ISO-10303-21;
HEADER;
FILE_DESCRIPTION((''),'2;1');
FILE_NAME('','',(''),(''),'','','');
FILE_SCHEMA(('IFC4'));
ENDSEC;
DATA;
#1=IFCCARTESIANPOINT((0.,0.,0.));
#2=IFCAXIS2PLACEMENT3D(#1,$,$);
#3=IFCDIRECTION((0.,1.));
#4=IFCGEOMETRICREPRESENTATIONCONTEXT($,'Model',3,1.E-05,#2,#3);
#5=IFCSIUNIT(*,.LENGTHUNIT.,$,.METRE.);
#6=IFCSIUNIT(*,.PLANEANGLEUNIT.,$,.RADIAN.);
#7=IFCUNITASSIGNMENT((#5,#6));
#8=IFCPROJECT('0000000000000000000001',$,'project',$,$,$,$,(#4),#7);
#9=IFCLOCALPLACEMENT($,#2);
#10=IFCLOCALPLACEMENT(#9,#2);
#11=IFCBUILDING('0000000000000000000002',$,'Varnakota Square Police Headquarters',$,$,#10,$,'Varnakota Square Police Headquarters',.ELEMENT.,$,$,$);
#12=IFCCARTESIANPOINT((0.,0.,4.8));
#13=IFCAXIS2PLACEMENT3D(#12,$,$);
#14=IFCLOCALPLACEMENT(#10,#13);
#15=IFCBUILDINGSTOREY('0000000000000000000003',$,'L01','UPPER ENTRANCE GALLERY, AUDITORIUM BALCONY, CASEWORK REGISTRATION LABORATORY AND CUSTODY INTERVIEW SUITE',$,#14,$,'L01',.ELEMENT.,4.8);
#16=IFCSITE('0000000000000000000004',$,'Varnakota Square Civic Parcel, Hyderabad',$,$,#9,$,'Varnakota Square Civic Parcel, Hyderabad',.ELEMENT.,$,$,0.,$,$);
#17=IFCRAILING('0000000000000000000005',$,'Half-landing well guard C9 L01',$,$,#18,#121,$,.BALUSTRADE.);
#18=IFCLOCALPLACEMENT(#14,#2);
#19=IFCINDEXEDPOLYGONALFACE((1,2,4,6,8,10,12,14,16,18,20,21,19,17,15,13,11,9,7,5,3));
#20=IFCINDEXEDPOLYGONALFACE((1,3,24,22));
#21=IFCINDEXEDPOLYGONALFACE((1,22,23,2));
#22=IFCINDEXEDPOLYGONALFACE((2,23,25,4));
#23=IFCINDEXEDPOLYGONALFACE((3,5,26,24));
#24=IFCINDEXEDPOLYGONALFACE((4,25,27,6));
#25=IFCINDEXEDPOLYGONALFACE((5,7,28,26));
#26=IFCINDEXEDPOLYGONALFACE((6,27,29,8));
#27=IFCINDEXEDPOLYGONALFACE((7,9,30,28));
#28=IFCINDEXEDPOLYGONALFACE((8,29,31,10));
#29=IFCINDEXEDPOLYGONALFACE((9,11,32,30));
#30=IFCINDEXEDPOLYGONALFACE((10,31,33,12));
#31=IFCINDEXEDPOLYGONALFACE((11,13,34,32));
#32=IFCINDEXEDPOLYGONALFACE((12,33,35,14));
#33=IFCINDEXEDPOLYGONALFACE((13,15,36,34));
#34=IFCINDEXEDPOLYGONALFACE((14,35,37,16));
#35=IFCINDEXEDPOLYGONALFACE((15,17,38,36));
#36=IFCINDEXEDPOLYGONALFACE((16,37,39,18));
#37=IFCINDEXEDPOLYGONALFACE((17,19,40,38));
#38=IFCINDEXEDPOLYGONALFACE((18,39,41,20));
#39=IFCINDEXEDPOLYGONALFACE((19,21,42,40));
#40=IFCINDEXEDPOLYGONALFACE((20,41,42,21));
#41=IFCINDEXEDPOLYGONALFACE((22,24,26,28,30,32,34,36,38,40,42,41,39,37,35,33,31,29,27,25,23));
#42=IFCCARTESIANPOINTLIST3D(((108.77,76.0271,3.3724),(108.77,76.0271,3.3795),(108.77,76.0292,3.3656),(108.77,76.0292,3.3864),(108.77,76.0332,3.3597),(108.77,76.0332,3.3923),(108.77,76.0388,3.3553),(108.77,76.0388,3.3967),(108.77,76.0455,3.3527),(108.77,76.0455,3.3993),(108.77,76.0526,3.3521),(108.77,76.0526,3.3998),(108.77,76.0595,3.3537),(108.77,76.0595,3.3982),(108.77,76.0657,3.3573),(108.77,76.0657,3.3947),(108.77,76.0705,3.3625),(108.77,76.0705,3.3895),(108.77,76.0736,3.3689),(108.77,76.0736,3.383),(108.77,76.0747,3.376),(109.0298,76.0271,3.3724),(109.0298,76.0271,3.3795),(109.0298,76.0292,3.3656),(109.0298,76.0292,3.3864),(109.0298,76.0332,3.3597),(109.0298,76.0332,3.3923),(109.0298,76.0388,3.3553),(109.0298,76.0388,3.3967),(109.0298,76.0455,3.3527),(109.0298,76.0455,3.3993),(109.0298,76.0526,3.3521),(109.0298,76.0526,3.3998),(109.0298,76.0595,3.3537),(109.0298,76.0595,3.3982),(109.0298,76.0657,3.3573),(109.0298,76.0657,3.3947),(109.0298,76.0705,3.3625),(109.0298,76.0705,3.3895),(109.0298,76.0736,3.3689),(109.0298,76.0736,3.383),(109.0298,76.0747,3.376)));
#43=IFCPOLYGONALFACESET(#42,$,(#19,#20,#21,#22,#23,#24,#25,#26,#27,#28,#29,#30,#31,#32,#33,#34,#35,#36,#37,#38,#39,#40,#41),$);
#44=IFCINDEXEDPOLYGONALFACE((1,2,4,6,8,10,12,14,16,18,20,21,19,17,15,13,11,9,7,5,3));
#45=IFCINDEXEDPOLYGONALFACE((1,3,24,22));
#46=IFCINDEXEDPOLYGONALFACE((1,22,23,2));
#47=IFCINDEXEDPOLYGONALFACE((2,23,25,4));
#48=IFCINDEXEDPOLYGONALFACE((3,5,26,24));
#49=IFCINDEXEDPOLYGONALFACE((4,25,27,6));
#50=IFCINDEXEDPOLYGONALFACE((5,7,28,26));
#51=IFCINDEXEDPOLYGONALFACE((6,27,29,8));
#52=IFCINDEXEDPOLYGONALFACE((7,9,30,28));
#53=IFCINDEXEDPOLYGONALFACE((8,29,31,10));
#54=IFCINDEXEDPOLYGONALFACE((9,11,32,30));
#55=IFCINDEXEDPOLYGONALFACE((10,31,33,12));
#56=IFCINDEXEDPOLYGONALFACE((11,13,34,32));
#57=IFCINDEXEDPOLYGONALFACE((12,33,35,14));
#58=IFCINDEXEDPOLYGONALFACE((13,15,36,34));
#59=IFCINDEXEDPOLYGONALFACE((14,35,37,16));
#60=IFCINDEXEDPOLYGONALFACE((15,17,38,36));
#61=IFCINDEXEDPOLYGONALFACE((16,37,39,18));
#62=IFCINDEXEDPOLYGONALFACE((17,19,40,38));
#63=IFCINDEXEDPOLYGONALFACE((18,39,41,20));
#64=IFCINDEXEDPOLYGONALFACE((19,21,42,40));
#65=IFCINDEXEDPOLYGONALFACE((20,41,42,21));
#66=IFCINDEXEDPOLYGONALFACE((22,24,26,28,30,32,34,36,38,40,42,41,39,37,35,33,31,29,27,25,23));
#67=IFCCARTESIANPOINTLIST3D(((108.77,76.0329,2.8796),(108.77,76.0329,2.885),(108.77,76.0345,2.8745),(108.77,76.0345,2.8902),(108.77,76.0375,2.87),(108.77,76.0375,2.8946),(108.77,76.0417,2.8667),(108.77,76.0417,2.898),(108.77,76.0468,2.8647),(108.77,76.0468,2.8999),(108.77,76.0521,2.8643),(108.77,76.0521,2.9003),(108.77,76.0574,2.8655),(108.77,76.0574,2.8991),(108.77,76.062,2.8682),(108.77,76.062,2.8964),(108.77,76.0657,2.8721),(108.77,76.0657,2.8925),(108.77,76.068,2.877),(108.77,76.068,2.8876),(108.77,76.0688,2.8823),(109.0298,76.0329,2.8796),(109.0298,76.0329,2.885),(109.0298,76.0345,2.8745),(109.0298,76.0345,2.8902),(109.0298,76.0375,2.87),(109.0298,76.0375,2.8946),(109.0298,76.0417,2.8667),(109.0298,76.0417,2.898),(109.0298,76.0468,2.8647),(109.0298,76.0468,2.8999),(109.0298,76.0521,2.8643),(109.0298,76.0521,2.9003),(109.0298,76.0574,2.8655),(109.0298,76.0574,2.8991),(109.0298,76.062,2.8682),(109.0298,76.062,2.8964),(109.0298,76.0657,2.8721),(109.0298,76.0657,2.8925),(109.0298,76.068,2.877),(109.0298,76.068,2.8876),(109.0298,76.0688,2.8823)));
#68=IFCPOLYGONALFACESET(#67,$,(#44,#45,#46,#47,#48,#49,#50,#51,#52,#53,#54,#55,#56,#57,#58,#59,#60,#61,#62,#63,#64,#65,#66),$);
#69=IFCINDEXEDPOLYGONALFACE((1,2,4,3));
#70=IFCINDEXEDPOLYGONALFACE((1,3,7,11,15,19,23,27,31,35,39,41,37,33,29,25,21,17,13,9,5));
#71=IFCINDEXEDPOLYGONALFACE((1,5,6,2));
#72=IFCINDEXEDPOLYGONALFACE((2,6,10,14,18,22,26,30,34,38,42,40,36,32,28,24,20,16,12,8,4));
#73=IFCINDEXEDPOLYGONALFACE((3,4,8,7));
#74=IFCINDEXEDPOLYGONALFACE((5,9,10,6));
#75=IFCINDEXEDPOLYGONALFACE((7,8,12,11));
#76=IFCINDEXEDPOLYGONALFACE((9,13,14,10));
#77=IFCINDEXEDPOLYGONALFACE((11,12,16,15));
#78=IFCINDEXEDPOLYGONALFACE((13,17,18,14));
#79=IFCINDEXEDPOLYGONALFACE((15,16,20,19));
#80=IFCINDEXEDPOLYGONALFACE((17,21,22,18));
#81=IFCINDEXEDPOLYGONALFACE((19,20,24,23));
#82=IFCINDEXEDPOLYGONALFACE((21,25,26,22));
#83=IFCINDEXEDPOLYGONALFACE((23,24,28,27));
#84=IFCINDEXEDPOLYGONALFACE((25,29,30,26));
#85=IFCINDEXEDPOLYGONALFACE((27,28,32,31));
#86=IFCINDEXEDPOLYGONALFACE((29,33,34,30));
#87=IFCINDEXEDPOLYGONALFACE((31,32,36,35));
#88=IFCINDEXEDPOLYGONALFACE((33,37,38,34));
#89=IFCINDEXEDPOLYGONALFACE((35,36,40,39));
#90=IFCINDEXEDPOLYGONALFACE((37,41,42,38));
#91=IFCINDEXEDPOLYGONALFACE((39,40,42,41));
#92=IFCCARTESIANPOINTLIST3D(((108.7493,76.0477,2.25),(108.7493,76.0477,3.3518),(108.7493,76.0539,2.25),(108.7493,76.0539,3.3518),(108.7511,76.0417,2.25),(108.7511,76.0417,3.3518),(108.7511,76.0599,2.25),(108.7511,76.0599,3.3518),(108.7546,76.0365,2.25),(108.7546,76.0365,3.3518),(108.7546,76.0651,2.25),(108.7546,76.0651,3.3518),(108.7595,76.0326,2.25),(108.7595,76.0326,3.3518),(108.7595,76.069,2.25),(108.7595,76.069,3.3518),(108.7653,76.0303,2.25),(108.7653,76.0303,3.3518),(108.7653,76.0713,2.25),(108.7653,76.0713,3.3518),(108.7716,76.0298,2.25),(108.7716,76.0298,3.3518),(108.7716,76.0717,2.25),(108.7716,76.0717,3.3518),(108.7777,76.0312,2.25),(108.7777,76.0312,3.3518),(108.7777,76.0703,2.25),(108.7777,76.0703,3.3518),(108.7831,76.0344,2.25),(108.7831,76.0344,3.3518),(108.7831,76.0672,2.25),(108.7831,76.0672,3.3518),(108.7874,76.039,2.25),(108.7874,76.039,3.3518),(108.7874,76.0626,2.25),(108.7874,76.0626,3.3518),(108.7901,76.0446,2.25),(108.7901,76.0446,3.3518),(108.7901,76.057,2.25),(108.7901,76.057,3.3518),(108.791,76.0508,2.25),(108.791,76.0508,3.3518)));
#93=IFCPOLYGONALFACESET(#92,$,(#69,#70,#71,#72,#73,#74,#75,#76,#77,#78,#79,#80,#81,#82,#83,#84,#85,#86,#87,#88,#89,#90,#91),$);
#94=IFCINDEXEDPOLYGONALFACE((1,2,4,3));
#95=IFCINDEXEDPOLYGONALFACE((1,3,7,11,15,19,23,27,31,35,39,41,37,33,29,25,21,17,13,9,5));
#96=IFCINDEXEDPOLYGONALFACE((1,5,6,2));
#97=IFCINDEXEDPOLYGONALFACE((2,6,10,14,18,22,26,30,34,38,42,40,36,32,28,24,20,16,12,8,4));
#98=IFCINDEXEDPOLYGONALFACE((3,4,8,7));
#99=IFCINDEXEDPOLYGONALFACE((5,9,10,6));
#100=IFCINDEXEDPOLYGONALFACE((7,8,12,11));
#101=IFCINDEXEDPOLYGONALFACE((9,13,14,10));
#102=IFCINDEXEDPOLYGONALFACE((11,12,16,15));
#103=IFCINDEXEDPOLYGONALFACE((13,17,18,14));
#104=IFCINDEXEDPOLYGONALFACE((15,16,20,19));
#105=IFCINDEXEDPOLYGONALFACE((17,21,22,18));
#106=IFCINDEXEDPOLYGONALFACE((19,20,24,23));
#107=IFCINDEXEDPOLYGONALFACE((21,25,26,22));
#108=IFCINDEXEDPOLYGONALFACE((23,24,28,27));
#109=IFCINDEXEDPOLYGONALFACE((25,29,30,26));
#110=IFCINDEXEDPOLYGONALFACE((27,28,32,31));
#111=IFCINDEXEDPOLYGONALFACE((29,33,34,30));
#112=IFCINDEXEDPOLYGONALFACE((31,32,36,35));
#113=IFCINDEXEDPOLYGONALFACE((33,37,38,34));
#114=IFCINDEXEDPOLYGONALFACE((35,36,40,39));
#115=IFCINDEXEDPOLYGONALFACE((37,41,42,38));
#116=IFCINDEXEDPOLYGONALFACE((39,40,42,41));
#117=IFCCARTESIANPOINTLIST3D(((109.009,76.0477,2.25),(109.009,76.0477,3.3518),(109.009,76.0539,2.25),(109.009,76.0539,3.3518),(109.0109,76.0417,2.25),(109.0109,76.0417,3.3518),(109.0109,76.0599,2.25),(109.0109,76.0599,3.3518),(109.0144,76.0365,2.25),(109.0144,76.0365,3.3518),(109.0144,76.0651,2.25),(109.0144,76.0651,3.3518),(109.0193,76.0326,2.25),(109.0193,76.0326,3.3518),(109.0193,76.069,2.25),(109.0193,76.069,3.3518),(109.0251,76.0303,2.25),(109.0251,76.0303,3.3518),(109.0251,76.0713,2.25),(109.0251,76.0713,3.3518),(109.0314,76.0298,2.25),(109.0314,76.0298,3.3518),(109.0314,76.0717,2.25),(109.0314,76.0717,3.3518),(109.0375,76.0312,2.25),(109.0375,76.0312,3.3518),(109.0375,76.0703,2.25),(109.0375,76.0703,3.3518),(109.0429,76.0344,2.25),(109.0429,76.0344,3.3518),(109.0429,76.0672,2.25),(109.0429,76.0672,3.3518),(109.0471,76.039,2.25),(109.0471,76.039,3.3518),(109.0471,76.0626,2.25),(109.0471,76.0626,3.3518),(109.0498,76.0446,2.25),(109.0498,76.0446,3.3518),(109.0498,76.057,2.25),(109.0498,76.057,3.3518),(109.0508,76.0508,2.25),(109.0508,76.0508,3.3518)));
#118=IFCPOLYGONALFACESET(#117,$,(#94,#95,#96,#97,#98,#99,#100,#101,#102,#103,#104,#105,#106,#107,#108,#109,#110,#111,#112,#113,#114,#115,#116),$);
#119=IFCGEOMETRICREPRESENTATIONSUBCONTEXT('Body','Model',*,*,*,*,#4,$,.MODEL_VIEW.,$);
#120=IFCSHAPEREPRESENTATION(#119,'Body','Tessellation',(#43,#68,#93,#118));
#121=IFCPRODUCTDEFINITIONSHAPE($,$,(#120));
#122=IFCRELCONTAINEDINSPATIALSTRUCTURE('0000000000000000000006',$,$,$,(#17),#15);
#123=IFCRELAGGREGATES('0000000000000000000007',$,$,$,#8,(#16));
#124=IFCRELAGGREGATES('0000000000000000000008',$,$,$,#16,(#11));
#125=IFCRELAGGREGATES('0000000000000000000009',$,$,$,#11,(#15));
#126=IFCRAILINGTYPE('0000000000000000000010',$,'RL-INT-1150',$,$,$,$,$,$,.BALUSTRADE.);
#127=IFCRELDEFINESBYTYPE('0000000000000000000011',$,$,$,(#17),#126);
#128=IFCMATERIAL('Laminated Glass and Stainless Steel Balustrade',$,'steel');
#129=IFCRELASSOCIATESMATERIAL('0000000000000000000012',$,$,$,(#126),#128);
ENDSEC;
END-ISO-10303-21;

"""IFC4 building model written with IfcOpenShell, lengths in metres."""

from ifc_helpers import new_model, si_unit, direction, frame, origin, origin_2d, place, context, subcontext, project, spatial, circle, extrude, material, type_object, element, save


model = new_model("IFC4")

# Units and contexts
model_context = context("Model", 3, precision=1e-05, world=origin(), true_north=direction((0.0, 1.0)))
body_context = subcontext(model_context, "Body", "Model", "MODEL_VIEW")
ifc_project = project(units=[si_unit("LENGTHUNIT", "METRE"), si_unit("PLANEANGLEUNIT", "RADIAN")], contexts=[model_context])

# Site, building, storey
site_placement = place(None, origin())
site = spatial("IfcSite", under=ifc_project, at=site_placement, Name="Varnakota Square Civic Parcel, Hyderabad", LongName="Varnakota Square Civic Parcel, Hyderabad", CompositionType="ELEMENT", RefElevation=0.0)
building_placement = place(site_placement, origin())
building = spatial("IfcBuilding", under=site, at=building_placement, Name="Varnakota Square Police Headquarters", LongName="Varnakota Square Police Headquarters", CompositionType="ELEMENT")
storey_placement = place(building_placement, frame((0.0, 0.0, 4.8)))
storey = spatial("IfcBuildingStorey", under=building, at=storey_placement, Name="L01", Description="UPPER ENTRANCE GALLERY, AUDITORIUM BALCONY, CASEWORK REGISTRATION LABORATORY AND CUSTODY INTERVIEW SUITE", LongName="L01", CompositionType="ELEMENT", Elevation=4.8)

# Railing
ifc_material_1 = material(Name="Laminated Glass and Stainless Steel Balustrade", Category="steel")
railing_type_1 = type_object("IfcRailingType", Name="RL-INT-1150", PredefinedType="BALUSTRADE", material=ifc_material_1)
railing_1_placement = place(storey_placement, frame((108.77, 76.0508, 2.25)))
element("IfcRailing", 1, at=railing_1_placement, inside=storey, type_object=railing_type_1, Name="Half-landing well guard C9 L01", PredefinedType="BALUSTRADE", context=body_context, shape_type="SweptSolid", body=[
    extrude(circle(Radius=0.0239, at=origin_2d()), frame((0.0, 0.0, 1.126), z_axis=(1.0, 0.0, 0.0), x_axis=(0.0, 1.0, 0.0)), (0.0, 0.0, 1.0), 0.2598),
    extrude(circle(Radius=0.0181, at=origin_2d()), frame((0.0, 0.0, 0.6323), z_axis=(1.0, 0.0, 0.0), x_axis=(0.0, 1.0, 0.0)), (0.0, 0.0, 1.0), 0.2598),
    extrude(circle(Radius=0.021, at=origin_2d()), origin(), (0.0, 0.0, 1.0), 1.1018),
    extrude(circle(Radius=0.021, at=origin_2d()), frame((0.2598, 0.0, 0.0)), (0.0, 0.0, 1.0), 1.1018),
])

save(model, "model.ifc")
